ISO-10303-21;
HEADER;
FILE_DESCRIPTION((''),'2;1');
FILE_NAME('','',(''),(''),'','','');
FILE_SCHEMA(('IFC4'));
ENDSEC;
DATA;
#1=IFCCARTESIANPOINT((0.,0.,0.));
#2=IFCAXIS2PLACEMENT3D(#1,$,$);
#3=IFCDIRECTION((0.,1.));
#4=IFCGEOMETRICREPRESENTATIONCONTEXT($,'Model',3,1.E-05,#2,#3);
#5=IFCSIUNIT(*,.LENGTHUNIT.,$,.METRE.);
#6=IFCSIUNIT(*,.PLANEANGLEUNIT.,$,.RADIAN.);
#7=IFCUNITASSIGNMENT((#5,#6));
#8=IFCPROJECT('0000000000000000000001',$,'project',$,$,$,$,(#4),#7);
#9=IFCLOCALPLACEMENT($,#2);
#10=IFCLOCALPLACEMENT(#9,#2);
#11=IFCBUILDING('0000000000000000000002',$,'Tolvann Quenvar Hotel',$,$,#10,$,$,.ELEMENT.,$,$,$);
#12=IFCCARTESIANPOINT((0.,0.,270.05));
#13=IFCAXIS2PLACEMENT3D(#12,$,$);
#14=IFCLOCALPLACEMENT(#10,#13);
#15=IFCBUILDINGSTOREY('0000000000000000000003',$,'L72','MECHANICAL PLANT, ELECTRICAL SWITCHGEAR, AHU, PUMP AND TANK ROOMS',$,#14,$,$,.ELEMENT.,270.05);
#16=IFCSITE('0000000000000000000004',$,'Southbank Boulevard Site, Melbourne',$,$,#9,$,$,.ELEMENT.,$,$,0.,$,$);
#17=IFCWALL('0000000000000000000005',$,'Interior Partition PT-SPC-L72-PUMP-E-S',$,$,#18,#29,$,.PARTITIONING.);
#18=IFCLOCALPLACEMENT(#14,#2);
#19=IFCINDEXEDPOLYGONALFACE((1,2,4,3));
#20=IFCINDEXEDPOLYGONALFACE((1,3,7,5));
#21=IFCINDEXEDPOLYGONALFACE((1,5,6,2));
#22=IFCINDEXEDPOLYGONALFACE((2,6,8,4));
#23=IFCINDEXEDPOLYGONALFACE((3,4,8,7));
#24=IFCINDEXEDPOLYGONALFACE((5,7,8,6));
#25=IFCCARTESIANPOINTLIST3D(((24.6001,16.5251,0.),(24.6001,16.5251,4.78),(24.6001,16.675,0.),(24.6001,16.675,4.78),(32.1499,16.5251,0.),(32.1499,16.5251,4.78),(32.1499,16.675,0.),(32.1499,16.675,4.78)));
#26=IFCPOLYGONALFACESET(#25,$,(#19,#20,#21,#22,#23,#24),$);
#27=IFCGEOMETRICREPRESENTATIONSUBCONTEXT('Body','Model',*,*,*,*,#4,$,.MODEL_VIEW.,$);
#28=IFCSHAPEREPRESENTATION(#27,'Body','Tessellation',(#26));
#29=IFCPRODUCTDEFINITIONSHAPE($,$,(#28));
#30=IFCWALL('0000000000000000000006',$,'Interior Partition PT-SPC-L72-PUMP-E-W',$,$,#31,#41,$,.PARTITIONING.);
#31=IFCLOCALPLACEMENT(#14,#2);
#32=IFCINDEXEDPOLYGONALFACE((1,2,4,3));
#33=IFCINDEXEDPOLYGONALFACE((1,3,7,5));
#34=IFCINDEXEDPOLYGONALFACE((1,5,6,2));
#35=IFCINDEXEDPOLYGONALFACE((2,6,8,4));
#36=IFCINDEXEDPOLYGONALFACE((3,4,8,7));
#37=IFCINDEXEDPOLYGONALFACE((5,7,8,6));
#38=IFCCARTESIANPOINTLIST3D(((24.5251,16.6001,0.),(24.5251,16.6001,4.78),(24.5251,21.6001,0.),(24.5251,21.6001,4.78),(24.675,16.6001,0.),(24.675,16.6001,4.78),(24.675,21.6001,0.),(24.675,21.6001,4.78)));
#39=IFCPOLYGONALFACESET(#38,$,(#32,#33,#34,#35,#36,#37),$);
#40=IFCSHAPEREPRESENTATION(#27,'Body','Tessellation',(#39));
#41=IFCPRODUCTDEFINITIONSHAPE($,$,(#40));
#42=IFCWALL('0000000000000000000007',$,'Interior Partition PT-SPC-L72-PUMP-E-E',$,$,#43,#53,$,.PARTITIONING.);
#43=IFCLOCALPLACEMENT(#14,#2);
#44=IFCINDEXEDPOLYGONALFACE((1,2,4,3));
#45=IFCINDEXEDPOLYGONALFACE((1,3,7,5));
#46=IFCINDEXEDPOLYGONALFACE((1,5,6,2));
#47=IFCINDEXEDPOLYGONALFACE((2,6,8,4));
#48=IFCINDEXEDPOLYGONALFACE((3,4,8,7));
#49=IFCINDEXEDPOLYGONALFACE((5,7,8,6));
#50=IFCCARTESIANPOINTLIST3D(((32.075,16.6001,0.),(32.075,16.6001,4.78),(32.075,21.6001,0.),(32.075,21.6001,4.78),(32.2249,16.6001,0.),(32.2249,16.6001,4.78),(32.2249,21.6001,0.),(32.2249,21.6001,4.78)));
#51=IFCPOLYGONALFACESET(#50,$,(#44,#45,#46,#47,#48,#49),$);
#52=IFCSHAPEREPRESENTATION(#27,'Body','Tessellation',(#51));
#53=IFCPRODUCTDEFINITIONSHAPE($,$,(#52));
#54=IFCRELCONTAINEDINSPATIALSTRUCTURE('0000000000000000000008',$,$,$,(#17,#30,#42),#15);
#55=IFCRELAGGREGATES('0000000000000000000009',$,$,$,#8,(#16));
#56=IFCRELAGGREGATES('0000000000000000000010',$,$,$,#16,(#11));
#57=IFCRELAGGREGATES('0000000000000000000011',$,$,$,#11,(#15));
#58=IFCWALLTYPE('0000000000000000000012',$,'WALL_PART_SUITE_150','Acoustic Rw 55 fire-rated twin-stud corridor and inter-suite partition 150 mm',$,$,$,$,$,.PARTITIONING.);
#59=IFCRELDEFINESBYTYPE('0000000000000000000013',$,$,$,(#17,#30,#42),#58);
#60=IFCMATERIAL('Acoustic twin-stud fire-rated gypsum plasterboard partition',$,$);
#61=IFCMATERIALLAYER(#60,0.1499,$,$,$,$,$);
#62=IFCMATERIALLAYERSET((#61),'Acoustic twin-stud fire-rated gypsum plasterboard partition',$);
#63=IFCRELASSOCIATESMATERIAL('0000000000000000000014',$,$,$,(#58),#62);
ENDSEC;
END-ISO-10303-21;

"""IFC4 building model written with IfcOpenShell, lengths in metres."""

from ifc_helpers import new_model, si_unit, direction, frame, frame_2d, origin, place, context, subcontext, project, spatial, rectangle, extrude, material, layer, layer_set, type_object, element, save


model = new_model("IFC4")

# Units and contexts
model_context = context("Model", 3, precision=1e-05, world=origin(), true_north=direction((0.0, 1.0)))
body_context = subcontext(model_context, "Body", "Model", "MODEL_VIEW")
ifc_project = project(units=[si_unit("LENGTHUNIT", "METRE"), si_unit("PLANEANGLEUNIT", "RADIAN")], contexts=[model_context])

# Site, building, storey
site_placement = place(None, origin())
site = spatial("IfcSite", under=ifc_project, at=site_placement, Name="Southbank Boulevard Site, Melbourne", CompositionType="ELEMENT", RefElevation=0.0)
building_placement = place(site_placement, origin())
building = spatial("IfcBuilding", under=site, at=building_placement, Name="Tolvann Quenvar Hotel", CompositionType="ELEMENT")
storey_placement = place(building_placement, frame((0.0, 0.0, 270.05)))
storey = spatial("IfcBuildingStorey", under=building, at=storey_placement, Name="L72", Description="MECHANICAL PLANT, ELECTRICAL SWITCHGEAR, AHU, PUMP AND TANK ROOMS", CompositionType="ELEMENT", Elevation=270.05)

# Shared definitions
ifc_material_1 = material(Name="Acoustic twin-stud fire-rated gypsum plasterboard partition")
ifc_layer_1 = layer(ifc_material_1, 0.1499)
ifc_layer_set_1 = layer_set([ifc_layer_1], Name="Acoustic twin-stud fire-rated gypsum plasterboard partition")
wall_type = type_object("IfcWallType", Name="WALL_PART_SUITE_150", Description="Acoustic Rw 55 fire-rated twin-stud corridor and inter-suite partition 150 mm", PredefinedType="PARTITIONING", material=ifc_layer_set_1)

# Walls
wall_1_placement = place(storey_placement, frame((24.6001, 16.6001, 0.0), z_axis=(0.0, 0.0, 1.0), x_axis=(1.0, 0.0, 0.0)))
element("IfcWall", 1, at=wall_1_placement, inside=storey, type_object=wall_type, Name="Interior Partition PT-SPC-L72-PUMP-E-S", PredefinedType="PARTITIONING", context=body_context, shape_type="SweptSolid", body=[
    extrude(rectangle(XDim=7.5498, YDim=0.1499, at=frame_2d((3.7749, 0.0))), origin(), (0.0, 0.0, 1.0), 4.78),
])
for number, where, z_axis, x_axis, name in (
    (2, (24.6001, 16.6001, 0.0), (0.0, 0.0, 1.0), (0.0, 1.0, 0.0), "Interior Partition PT-SPC-L72-PUMP-E-W"),
    (3, (32.1499, 16.6001, 0.0), (0.0, 0.0, 1.0), (0.0, 1.0, 0.0), "Interior Partition PT-SPC-L72-PUMP-E-E"),
):
    element("IfcWall", number, at=place(storey_placement, frame(where, z_axis=z_axis, x_axis=x_axis)), inside=storey, type_object=wall_type, Name=name, PredefinedType="PARTITIONING", context=body_context, shape_type="SweptSolid", body=[
        extrude(rectangle(XDim=5.0, YDim=0.1499, at=frame_2d((2.5, 0.0))), origin(), (0.0, 0.0, 1.0), 4.78),
    ])

save(model, "model.ifc")
